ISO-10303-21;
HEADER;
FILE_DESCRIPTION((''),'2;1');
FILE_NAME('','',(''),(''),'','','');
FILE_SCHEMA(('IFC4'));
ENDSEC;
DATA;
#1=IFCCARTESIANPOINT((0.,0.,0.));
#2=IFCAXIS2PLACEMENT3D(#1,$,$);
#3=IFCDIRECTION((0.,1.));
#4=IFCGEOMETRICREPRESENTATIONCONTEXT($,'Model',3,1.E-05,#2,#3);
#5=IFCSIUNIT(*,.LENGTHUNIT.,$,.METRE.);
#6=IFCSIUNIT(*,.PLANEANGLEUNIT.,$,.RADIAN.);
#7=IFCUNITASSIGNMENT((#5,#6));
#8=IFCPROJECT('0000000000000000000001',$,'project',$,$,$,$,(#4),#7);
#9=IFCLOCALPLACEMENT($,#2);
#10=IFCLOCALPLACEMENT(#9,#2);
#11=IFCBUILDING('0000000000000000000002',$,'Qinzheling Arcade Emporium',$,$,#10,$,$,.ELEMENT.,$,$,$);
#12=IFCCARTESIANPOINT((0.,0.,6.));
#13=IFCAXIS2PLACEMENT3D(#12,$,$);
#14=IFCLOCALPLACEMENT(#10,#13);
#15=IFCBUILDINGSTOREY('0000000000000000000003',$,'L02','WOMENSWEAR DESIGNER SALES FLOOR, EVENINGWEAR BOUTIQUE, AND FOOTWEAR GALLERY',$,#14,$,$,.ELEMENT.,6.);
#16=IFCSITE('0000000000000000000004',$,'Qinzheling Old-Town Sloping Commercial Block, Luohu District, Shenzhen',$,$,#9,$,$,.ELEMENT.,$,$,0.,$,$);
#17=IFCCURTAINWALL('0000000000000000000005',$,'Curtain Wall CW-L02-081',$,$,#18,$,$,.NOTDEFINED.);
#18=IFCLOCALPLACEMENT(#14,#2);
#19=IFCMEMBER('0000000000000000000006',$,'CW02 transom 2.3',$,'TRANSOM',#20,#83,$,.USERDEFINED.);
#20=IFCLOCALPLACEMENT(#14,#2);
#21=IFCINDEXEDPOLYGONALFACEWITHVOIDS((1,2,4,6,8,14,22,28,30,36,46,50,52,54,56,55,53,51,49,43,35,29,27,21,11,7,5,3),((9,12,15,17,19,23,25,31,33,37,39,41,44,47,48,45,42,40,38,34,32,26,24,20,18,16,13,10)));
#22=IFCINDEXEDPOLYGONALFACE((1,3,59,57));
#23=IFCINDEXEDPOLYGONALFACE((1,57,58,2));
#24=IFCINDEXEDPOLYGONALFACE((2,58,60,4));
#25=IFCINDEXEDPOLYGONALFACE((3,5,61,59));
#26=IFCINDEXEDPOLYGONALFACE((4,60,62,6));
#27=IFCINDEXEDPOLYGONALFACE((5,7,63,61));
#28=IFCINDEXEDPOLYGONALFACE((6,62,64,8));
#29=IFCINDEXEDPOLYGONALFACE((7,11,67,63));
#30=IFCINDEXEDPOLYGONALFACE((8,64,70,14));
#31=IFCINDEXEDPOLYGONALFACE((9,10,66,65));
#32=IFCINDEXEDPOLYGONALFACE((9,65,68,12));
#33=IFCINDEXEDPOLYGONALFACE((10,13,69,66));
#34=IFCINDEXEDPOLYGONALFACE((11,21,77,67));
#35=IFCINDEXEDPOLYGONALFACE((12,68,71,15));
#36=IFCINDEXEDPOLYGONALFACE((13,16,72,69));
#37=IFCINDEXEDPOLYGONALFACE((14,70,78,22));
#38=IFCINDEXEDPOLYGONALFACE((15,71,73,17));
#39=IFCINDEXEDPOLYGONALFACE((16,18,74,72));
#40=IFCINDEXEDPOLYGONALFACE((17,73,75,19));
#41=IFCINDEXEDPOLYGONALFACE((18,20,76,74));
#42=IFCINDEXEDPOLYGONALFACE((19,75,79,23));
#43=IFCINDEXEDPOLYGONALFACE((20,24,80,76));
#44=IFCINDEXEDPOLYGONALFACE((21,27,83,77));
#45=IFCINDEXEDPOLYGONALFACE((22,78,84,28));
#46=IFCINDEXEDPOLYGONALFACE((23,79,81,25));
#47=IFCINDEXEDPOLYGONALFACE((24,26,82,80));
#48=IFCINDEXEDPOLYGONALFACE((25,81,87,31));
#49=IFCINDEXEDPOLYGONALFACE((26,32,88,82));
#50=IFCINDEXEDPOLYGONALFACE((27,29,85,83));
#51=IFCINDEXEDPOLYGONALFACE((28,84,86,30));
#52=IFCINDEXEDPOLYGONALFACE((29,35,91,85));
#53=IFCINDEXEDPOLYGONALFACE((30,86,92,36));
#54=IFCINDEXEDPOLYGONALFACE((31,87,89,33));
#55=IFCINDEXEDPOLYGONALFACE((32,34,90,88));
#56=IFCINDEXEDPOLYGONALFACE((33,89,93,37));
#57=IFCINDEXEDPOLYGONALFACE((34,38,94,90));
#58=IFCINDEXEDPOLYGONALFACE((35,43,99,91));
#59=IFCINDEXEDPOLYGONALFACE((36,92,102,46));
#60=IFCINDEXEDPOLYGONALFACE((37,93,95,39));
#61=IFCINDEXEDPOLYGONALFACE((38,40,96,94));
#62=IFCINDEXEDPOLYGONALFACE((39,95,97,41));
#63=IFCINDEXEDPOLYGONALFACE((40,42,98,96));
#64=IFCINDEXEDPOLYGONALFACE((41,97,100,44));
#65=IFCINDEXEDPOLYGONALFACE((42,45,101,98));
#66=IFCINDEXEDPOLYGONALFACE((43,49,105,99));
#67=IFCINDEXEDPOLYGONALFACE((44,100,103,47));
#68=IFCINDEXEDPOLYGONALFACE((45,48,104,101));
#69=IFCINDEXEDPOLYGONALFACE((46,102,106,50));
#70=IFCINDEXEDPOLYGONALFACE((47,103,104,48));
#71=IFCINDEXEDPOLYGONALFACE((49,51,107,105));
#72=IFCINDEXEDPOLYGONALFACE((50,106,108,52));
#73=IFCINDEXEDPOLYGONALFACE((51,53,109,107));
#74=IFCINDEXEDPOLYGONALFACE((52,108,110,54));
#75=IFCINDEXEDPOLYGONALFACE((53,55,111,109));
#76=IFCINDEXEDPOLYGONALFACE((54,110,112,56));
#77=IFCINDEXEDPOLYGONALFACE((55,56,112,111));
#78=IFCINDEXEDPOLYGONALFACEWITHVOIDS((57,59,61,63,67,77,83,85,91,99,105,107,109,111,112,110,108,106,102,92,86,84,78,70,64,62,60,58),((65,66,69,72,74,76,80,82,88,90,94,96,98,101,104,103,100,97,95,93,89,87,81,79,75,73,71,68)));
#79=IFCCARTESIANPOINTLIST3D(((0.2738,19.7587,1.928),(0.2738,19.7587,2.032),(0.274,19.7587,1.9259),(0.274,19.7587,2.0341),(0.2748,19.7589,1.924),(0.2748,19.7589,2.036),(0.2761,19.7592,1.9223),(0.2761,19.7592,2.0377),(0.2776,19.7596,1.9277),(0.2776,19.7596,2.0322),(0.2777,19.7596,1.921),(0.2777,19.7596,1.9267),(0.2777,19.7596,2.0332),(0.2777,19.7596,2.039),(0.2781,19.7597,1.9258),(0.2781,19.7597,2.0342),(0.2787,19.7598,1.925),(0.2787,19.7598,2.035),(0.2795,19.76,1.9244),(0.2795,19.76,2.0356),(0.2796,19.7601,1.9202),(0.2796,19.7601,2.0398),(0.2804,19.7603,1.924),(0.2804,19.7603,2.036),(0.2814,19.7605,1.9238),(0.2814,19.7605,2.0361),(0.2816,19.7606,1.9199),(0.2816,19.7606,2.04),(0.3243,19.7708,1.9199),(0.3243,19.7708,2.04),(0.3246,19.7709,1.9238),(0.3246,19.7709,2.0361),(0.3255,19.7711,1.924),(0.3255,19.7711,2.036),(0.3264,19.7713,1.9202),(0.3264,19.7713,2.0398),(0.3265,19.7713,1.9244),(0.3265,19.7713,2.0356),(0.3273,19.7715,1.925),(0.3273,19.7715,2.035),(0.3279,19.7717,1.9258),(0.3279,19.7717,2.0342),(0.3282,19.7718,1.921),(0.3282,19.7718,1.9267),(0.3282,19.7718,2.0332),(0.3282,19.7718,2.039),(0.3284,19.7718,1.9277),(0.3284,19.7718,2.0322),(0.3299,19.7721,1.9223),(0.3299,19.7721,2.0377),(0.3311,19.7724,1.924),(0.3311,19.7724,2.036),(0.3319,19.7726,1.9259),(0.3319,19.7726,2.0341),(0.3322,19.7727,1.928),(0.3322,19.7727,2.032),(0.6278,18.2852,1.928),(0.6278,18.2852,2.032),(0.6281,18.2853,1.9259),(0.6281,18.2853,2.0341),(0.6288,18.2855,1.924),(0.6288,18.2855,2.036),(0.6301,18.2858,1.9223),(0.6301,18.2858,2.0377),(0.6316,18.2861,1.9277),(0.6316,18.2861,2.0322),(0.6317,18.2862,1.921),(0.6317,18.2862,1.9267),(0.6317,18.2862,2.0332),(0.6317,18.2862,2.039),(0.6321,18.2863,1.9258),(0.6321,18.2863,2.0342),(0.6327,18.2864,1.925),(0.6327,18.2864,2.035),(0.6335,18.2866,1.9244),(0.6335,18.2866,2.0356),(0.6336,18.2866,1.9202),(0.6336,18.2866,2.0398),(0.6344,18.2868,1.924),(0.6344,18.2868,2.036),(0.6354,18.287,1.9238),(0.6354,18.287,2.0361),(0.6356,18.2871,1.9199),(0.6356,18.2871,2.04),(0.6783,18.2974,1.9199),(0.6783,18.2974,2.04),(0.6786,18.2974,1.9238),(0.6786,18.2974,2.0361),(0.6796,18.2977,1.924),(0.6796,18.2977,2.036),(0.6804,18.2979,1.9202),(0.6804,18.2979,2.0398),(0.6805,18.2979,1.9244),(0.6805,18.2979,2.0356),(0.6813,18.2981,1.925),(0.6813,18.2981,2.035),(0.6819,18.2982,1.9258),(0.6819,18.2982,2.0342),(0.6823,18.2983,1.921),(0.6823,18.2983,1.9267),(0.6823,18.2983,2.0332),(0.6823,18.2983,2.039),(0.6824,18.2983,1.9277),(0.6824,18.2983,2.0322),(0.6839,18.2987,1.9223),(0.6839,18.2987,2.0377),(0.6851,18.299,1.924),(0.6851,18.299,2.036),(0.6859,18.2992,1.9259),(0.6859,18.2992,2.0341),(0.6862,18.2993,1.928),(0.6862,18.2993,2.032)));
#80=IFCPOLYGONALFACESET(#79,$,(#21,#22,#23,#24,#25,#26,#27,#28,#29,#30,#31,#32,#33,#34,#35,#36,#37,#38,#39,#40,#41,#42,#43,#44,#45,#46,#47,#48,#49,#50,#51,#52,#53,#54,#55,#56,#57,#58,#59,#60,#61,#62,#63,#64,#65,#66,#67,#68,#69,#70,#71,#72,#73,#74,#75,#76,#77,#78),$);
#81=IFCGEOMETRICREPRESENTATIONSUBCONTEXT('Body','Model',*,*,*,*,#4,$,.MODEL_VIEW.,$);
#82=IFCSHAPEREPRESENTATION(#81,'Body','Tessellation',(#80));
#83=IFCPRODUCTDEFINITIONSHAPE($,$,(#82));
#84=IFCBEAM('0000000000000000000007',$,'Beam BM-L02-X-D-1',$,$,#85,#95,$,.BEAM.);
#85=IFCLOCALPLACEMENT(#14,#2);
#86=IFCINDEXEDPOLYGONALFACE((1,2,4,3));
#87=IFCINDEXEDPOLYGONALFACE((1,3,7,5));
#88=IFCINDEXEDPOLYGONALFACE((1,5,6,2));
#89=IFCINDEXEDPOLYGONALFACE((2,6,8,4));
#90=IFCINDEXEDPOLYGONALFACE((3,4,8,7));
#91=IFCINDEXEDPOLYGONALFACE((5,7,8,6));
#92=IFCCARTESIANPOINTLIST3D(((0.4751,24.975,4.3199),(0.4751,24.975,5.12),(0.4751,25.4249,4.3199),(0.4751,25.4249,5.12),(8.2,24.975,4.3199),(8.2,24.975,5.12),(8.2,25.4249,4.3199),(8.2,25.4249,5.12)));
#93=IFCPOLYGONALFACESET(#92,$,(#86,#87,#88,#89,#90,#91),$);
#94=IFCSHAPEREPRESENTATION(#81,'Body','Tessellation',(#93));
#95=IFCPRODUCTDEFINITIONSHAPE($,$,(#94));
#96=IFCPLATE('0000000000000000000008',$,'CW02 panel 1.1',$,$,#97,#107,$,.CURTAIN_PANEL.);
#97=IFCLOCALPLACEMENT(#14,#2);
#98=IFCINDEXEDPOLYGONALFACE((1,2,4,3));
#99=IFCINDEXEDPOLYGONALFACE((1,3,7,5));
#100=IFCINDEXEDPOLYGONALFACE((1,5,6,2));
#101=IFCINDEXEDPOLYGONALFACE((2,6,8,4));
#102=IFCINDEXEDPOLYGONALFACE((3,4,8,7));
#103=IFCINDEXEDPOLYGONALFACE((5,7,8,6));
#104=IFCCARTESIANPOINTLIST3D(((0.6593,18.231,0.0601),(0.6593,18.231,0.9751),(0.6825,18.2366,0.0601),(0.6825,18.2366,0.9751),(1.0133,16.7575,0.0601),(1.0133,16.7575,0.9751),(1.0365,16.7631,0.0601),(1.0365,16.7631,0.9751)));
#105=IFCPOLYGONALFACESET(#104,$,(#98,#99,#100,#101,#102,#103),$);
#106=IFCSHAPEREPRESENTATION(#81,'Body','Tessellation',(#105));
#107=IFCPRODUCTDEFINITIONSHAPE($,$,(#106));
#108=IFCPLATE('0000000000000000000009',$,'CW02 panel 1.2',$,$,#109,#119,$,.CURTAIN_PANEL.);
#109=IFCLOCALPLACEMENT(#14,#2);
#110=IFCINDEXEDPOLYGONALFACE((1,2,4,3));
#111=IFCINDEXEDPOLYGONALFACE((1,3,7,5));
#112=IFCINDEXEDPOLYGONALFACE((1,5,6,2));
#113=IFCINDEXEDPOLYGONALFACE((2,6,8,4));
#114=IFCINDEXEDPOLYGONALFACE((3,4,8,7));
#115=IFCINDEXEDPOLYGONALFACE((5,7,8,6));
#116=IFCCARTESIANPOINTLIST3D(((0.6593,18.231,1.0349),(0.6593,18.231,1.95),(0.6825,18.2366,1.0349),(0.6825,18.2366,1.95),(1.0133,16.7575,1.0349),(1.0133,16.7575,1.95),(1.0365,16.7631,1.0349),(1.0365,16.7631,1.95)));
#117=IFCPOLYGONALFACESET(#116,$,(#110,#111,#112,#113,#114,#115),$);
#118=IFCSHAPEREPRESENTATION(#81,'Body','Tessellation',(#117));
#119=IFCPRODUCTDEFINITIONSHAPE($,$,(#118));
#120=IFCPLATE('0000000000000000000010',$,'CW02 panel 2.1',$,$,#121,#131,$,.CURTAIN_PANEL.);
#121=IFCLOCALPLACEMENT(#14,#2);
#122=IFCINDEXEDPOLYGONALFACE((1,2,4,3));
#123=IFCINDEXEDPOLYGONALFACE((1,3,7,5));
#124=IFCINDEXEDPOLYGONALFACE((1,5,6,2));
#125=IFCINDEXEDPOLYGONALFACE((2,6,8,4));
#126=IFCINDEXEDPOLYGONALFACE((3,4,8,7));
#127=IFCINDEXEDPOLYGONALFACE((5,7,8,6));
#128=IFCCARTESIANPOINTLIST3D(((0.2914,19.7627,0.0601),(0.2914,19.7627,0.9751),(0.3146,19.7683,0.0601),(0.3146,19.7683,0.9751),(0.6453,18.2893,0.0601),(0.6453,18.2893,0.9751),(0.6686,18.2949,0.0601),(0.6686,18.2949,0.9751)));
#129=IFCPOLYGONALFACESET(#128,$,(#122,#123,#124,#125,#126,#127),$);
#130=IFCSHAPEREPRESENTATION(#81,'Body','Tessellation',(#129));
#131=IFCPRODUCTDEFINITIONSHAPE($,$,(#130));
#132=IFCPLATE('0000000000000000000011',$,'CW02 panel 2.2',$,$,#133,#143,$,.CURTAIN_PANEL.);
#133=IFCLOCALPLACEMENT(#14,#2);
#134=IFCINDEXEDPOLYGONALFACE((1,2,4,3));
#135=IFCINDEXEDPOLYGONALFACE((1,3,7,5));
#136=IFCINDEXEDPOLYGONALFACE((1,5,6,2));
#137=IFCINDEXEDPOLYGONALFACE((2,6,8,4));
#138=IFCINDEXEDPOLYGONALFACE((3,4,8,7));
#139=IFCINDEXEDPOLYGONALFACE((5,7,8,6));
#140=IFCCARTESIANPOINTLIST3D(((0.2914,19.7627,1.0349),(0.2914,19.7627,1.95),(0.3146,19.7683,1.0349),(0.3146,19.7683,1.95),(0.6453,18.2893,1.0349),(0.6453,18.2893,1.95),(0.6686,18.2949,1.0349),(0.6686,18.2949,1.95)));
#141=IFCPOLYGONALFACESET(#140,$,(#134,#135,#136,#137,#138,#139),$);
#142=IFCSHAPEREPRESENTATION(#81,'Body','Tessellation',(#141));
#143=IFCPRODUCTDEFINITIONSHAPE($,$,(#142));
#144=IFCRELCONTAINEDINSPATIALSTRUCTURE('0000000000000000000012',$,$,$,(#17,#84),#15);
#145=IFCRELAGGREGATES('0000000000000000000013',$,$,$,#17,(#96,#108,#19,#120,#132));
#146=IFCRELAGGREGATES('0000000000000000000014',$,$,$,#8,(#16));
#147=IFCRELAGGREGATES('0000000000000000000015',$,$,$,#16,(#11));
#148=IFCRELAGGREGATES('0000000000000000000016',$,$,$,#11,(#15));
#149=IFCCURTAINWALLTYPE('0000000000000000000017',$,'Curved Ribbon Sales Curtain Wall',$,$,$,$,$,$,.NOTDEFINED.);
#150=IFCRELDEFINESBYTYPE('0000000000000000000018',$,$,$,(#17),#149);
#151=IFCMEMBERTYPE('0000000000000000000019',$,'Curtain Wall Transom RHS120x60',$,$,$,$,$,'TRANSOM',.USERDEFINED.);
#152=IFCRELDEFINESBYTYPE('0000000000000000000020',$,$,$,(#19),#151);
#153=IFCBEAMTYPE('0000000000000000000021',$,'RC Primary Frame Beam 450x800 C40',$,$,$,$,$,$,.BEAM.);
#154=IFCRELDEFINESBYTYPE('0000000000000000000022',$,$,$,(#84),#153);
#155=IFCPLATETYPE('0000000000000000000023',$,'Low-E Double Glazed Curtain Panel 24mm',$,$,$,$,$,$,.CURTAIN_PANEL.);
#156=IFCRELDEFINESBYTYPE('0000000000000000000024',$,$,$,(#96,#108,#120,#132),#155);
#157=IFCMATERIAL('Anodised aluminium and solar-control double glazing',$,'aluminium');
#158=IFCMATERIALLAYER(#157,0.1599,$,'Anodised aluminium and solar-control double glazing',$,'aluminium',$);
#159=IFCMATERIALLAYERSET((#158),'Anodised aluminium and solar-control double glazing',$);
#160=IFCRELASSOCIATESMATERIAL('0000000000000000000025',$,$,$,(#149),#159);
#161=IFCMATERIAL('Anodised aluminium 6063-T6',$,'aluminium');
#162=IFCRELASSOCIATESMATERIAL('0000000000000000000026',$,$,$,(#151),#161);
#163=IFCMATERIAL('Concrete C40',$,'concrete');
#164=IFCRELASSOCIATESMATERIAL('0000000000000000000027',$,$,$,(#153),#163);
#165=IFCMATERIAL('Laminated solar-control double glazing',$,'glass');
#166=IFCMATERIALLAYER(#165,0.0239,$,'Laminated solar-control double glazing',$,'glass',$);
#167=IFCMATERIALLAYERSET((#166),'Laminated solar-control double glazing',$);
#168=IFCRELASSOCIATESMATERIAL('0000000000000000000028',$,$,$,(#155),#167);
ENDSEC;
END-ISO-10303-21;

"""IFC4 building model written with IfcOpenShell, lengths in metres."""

from ifc_helpers import new_model, si_unit, direction, frame, origin, origin_2d, place, context, subcontext, project, spatial, rectangle, hollow_rectangle, extrude, material, layer, layer_set, material_profile, profile_set, type_object, element, aggregate, save


model = new_model("IFC4")

# Units and contexts
model_context = context("Model", 3, precision=1e-05, world=origin(), true_north=direction((0.0, 1.0)))
body_context = subcontext(model_context, "Body", "Model", "MODEL_VIEW")
ifc_project = project(units=[si_unit("LENGTHUNIT", "METRE"), si_unit("PLANEANGLEUNIT", "RADIAN")], contexts=[model_context])

# Site, building, storey
site_placement = place(None, origin())
site = spatial("IfcSite", under=ifc_project, at=site_placement, Name="Qinzheling Old-Town Sloping Commercial Block, Luohu District, Shenzhen", CompositionType="ELEMENT", RefElevation=0.0)
building_placement = place(site_placement, origin())
building = spatial("IfcBuilding", under=site, at=building_placement, Name="Qinzheling Arcade Emporium", CompositionType="ELEMENT")
storey_placement = place(building_placement, frame((0.0, 0.0, 6.0)))
storey = spatial("IfcBuildingStorey", under=building, at=storey_placement, Name="L02", Description="WOMENSWEAR DESIGNER SALES FLOOR, EVENINGWEAR BOUTIQUE, AND FOOTWEAR GALLERY", CompositionType="ELEMENT", Elevation=6.0)

# Curtain wall, member
ifc_material_1 = material(Name="Anodised aluminium and solar-control double glazing", Category="aluminium")
ifc_layer_1 = layer(ifc_material_1, 0.1599, Name="Anodised aluminium and solar-control double glazing", Category="aluminium")
ifc_layer_set_1 = layer_set([ifc_layer_1], Name="Anodised aluminium and solar-control double glazing")
curtain_wall_type = type_object("IfcCurtainWallType", Name="Curved Ribbon Sales Curtain Wall", PredefinedType="NOTDEFINED", material=ifc_layer_set_1)
curtain_wall_placement = place(storey_placement, origin())
curtain_wall = element("IfcCurtainWall", 1, at=curtain_wall_placement, inside=storey, type_object=curtain_wall_type, Name="Curtain Wall CW-L02-081", PredefinedType="NOTDEFINED")
ifc_material_2 = material(Name="Anodised aluminium 6063-T6", Category="aluminium")
ifc_material_profile_1 = material_profile(ifc_material_2, hollow_rectangle(XDim=0.0601, YDim=0.1201, WallThickness=0.0039, InnerFilletRadius=0.0039, OuterFilletRadius=0.0081, at=origin_2d()), Name="RHS 120x60x4", Category="aluminium")
ifc_profile_set_1 = profile_set([ifc_material_profile_1], Name="Anodised aluminium 6063-T6")
member_type_1 = type_object("IfcMemberType", Name="Curtain Wall Transom RHS120x60", ElementType="TRANSOM", PredefinedType="USERDEFINED", material=ifc_profile_set_1)
member_1_placement = place(storey_placement, frame((0.657, 18.2922, 1.98), z_axis=(-0.233617, 0.972329, 0.0), x_axis=(-0.972329, -0.233617, 0.0)))
member_1 = element("IfcMember", 2, at=member_1_placement, type_object=member_type_1, Name="CW02 transom 2.3", ObjectType="TRANSOM", PredefinedType="USERDEFINED", context=body_context, shape_type="SweptSolid", body=[
    extrude(hollow_rectangle(XDim=0.0601, YDim=0.1201, WallThickness=0.0039, InnerFilletRadius=0.0039, OuterFilletRadius=0.0081, at=origin_2d()), origin(), (0.0, 0.0, 1.0), 1.5154),
])

# Beam
ifc_material_3 = material(Name="Concrete C40", Category="concrete")
ifc_material_profile_2 = material_profile(ifc_material_3, rectangle(XDim=0.45, YDim=0.8, at=origin_2d()), Name="RC 450x800", Category="concrete")
ifc_profile_set_2 = profile_set([ifc_material_profile_2], Name="Concrete C40")
beam_type_1 = type_object("IfcBeamType", Name="RC Primary Frame Beam 450x800 C40", PredefinedType="BEAM", material=ifc_profile_set_2)
beam_1_placement = place(storey_placement, frame((0.4751, 25.2, 4.72), z_axis=(1.0, 0.0, 0.0), x_axis=(0.0, 1.0, 0.0)))
element("IfcBeam", 3, at=beam_1_placement, inside=storey, type_object=beam_type_1, Name="Beam BM-L02-X-D-1", PredefinedType="BEAM", context=body_context, shape_type="SweptSolid", body=[
    extrude(rectangle(XDim=0.45, YDim=0.8, at=origin_2d()), origin(), (0.0, 0.0, 1.0), 7.7249),
])

# Plates
ifc_material_4 = material(Name="Laminated solar-control double glazing", Category="glass")
ifc_layer_2 = layer(ifc_material_4, 0.0239, Name="Laminated solar-control double glazing", Category="glass")
ifc_layer_set_2 = layer_set([ifc_layer_2], Name="Laminated solar-control double glazing")
plate_type = type_object("IfcPlateType", Name="Low-E Double Glazed Curtain Panel 24mm", PredefinedType="CURTAIN_PANEL", material=ifc_layer_set_2)
plate_1_placement = place(storey_placement, frame((0.8479, 17.4971, 0.0601), z_axis=(0.0, 0.0, 1.0), x_axis=(-0.233585, 0.972336, 0.0)))
plate_1 = element("IfcPlate", 4, at=plate_1_placement, type_object=plate_type, Name="CW02 panel 1.1", PredefinedType="CURTAIN_PANEL", context=body_context, shape_type="SweptSolid", body=[
    extrude(rectangle(XDim=1.5154, YDim=0.0239, at=origin_2d()), origin(), (0.0, 0.0, 1.0), 0.915),
])
plate_2_placement = place(storey_placement, frame((0.8479, 17.4971, 1.0349), z_axis=(0.0, 0.0, 1.0), x_axis=(-0.233585, 0.972336, 0.0)))
plate_2 = element("IfcPlate", 5, at=plate_2_placement, type_object=plate_type, Name="CW02 panel 1.2", PredefinedType="CURTAIN_PANEL", context=body_context, shape_type="SweptSolid", body=[
    extrude(rectangle(XDim=1.5154, YDim=0.0239, at=origin_2d()), origin(), (0.0, 0.0, 1.0), 0.915),
])
plate_3_placement = place(storey_placement, frame((0.48, 19.0288, 0.0601), z_axis=(0.0, 0.0, 1.0), x_axis=(-0.233585, 0.972336, 0.0)))
plate_3 = element("IfcPlate", 6, at=plate_3_placement, type_object=plate_type, Name="CW02 panel 2.1", PredefinedType="CURTAIN_PANEL", context=body_context, shape_type="SweptSolid", body=[
    extrude(rectangle(XDim=1.5154, YDim=0.0239, at=origin_2d()), origin(), (0.0, 0.0, 1.0), 0.915),
])
plate_4_placement = place(storey_placement, frame((0.48, 19.0288, 1.0349), z_axis=(0.0, 0.0, 1.0), x_axis=(-0.233585, 0.972336, 0.0)))
plate_4 = element("IfcPlate", 7, at=plate_4_placement, type_object=plate_type, Name="CW02 panel 2.2", PredefinedType="CURTAIN_PANEL", context=body_context, shape_type="SweptSolid", body=[
    extrude(rectangle(XDim=1.5154, YDim=0.0239, at=origin_2d()), origin(), (0.0, 0.0, 1.0), 0.915),
])
aggregate(curtain_wall, [plate_1, plate_2, member_1, plate_3, plate_4])

save(model, "model.ifc")
